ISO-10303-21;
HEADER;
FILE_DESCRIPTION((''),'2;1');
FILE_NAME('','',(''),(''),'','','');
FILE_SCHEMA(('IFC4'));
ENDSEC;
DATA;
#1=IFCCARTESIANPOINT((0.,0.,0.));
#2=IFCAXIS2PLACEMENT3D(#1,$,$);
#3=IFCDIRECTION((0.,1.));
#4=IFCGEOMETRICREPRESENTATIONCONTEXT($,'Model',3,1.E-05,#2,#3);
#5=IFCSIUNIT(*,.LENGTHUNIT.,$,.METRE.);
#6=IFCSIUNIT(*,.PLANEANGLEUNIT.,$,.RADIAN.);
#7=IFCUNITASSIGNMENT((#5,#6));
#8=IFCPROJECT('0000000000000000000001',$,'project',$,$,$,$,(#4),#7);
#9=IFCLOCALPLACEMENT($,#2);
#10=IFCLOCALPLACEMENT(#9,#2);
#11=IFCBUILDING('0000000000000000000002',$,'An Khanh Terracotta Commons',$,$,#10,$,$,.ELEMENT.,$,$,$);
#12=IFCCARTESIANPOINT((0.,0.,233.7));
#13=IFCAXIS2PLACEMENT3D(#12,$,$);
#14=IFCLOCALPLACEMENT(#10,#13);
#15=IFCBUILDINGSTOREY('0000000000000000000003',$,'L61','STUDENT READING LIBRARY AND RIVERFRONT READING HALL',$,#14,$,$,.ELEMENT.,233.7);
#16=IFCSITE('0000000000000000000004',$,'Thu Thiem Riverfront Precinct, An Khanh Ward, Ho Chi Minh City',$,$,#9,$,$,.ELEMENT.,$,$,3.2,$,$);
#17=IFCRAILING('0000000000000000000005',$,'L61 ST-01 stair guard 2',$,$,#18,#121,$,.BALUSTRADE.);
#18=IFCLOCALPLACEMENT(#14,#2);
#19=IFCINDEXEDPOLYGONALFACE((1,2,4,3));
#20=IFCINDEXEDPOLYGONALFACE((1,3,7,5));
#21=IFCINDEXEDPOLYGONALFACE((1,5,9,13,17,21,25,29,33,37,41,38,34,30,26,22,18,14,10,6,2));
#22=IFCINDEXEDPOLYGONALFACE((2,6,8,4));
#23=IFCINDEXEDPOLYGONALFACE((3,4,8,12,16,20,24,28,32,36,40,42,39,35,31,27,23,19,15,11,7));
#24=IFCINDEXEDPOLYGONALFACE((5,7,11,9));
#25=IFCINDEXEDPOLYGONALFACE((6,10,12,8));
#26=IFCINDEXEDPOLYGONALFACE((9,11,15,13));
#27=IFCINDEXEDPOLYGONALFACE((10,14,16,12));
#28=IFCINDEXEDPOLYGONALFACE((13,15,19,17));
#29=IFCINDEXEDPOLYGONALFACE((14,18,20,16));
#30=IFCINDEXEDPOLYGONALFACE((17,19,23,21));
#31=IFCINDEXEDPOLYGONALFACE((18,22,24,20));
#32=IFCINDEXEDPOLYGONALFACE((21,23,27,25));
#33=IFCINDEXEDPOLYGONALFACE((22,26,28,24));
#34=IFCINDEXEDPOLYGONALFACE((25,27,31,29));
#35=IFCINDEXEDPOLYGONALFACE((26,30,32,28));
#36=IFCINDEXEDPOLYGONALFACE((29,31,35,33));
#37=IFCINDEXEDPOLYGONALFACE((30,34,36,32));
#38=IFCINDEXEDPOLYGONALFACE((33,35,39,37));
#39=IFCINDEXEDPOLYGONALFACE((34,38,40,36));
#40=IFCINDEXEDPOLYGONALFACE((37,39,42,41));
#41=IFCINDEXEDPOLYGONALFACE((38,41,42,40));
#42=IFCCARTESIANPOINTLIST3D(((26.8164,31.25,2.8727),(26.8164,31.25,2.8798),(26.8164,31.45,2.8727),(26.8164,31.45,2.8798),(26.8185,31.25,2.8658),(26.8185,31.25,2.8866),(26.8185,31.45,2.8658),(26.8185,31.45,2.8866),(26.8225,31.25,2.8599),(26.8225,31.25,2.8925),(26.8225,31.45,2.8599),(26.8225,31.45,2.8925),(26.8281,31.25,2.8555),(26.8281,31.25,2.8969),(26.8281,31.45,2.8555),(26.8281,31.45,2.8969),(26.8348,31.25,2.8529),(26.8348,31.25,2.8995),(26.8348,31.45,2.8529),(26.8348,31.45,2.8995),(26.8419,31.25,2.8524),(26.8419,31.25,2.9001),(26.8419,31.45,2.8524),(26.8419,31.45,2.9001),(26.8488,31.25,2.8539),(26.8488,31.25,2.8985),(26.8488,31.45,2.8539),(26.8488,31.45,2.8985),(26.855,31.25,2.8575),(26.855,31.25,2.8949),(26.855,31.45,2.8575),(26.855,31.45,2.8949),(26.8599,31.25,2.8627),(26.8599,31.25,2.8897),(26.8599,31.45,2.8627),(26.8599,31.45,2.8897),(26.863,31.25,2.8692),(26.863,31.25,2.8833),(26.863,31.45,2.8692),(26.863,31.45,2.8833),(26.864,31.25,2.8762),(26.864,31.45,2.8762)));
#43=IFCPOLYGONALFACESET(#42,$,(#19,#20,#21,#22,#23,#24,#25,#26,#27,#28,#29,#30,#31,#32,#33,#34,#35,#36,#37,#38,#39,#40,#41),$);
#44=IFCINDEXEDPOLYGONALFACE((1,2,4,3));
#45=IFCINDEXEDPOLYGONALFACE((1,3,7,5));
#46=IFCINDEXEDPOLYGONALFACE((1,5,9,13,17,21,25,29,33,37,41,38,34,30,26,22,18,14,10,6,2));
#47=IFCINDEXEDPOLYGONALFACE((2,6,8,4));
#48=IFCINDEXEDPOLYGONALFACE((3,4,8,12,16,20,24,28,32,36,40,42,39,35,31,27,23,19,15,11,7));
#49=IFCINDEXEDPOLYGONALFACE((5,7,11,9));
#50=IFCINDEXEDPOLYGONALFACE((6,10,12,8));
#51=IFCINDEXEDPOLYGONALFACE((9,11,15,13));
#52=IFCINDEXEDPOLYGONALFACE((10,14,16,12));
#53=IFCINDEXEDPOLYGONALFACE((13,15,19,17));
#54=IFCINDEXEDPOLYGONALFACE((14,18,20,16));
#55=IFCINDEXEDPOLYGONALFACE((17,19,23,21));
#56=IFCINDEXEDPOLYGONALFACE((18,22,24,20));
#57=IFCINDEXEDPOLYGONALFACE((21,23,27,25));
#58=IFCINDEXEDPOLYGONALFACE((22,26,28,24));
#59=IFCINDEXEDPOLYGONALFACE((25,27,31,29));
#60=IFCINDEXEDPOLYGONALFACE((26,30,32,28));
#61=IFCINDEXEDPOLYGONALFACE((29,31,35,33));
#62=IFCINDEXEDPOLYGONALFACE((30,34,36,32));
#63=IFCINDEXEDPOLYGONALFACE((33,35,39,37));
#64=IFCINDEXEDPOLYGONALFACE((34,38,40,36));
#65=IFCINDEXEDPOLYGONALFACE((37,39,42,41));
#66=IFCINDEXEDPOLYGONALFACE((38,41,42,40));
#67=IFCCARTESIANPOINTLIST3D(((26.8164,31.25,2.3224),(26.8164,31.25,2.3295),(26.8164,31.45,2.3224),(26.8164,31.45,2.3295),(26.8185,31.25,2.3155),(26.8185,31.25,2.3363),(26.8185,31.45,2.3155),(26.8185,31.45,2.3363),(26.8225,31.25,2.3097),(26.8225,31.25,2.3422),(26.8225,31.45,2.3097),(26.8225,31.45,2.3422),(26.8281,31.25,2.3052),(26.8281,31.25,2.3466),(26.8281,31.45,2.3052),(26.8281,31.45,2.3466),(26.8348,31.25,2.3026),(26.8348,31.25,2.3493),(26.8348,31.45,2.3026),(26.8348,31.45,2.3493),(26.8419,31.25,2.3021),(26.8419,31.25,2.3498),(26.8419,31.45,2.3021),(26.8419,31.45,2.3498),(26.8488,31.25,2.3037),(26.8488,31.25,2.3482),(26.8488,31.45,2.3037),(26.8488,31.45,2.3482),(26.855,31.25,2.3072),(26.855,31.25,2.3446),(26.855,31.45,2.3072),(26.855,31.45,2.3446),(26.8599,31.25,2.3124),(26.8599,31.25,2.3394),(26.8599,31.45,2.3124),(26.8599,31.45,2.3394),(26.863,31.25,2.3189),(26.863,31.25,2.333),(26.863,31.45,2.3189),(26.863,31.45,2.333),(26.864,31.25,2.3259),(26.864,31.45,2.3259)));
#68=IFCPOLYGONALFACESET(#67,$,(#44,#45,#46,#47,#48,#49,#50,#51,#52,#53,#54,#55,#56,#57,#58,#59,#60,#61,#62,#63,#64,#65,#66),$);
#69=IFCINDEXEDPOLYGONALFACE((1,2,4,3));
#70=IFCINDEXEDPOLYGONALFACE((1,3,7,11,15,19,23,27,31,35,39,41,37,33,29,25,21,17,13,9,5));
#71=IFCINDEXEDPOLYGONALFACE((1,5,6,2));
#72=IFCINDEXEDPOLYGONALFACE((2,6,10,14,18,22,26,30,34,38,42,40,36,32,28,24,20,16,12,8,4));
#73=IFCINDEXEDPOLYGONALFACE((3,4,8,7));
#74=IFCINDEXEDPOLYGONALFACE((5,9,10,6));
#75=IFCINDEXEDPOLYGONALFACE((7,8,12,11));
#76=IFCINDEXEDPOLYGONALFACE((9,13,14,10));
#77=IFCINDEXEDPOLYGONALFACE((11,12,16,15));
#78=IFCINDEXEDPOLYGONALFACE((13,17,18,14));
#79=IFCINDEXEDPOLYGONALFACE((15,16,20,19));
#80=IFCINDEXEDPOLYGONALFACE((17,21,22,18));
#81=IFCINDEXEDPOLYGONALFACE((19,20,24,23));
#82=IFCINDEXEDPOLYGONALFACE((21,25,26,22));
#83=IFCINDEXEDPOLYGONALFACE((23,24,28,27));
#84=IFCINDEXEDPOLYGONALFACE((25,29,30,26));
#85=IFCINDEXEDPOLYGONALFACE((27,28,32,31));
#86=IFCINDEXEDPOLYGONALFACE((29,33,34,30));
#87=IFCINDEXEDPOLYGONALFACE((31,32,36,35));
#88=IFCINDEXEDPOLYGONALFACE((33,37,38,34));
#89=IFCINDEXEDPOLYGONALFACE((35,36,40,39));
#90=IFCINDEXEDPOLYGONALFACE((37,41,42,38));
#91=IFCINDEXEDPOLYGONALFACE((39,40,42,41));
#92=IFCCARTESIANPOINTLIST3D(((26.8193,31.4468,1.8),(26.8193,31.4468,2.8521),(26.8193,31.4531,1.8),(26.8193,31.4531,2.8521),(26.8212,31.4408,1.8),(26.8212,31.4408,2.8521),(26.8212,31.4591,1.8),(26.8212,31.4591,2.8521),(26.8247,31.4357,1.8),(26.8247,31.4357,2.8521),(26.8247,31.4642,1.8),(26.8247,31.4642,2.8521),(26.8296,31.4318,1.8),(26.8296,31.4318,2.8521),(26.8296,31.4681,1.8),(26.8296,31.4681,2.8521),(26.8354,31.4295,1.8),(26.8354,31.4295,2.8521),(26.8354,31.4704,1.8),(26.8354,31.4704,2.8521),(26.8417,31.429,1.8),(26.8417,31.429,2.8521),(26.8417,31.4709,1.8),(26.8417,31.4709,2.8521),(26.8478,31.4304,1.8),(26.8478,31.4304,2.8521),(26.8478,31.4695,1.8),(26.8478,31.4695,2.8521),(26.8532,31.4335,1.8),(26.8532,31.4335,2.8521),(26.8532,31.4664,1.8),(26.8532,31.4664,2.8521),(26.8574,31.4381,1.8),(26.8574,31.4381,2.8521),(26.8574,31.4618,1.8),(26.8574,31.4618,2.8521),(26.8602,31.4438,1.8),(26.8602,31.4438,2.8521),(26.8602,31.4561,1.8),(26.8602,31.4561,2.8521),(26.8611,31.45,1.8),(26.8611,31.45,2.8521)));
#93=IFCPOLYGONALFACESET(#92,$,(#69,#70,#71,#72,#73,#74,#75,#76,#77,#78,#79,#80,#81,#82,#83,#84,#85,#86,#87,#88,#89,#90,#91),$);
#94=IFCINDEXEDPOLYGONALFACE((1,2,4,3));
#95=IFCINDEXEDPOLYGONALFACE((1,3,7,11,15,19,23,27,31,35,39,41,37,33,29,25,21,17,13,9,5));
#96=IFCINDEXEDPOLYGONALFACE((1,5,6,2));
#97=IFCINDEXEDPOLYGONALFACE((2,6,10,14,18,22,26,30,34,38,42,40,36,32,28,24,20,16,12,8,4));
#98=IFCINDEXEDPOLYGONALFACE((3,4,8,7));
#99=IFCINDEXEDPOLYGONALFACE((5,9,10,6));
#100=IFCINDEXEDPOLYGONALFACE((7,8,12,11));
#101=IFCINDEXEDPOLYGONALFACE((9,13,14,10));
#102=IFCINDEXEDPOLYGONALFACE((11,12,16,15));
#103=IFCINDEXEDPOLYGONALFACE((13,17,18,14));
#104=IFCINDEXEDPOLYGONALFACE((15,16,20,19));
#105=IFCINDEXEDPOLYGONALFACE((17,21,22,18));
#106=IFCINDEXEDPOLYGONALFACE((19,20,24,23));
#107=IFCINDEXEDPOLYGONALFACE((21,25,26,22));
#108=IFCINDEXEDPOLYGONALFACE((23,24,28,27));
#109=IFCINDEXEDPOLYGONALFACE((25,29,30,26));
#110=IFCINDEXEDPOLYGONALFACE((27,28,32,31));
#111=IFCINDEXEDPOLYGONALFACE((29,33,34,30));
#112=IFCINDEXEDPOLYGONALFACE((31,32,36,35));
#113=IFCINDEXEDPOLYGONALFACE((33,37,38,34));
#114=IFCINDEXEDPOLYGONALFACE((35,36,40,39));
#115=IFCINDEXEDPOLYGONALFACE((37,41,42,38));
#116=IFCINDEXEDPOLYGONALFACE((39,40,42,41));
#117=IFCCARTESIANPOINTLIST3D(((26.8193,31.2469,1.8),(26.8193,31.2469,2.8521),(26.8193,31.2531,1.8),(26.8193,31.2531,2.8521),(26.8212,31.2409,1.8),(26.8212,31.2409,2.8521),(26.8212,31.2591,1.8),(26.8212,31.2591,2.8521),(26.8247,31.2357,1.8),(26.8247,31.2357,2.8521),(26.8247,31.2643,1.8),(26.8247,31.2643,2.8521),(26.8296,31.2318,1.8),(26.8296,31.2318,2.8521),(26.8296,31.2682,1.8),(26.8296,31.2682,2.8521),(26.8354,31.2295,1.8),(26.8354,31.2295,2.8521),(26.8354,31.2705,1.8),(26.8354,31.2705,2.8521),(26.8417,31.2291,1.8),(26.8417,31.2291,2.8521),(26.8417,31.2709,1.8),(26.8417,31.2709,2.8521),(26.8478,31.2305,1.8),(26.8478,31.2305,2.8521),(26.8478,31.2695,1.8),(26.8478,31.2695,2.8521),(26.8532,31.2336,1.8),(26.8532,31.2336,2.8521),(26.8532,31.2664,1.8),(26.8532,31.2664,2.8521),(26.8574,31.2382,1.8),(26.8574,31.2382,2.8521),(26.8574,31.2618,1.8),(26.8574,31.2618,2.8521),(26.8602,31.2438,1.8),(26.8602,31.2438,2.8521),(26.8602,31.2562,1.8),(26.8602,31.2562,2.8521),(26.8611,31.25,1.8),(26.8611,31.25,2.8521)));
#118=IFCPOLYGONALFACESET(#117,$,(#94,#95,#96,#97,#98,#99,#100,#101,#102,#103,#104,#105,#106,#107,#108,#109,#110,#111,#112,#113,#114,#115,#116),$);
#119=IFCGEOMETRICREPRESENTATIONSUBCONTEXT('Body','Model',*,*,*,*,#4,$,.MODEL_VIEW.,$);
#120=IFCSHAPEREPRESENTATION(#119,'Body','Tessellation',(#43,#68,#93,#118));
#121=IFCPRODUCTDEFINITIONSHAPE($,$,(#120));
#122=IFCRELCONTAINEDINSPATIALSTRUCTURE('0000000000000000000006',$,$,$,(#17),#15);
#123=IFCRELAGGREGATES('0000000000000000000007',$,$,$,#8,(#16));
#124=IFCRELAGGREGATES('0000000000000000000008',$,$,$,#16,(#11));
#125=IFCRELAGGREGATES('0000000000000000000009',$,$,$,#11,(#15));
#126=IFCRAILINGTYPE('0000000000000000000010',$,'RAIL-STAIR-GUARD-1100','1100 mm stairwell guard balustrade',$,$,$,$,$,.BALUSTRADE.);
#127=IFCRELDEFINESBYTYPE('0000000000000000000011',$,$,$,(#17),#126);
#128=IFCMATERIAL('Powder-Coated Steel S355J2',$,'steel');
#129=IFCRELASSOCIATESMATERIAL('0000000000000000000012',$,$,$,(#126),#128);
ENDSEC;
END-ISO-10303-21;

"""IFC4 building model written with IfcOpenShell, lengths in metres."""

from ifc_helpers import new_model, si_unit, direction, frame, origin, origin_2d, place, context, subcontext, project, spatial, circle, extrude, material, type_object, element, save


model = new_model("IFC4")

# Units and contexts
model_context = context("Model", 3, precision=1e-05, world=origin(), true_north=direction((0.0, 1.0)))
body_context = subcontext(model_context, "Body", "Model", "MODEL_VIEW")
ifc_project = project(units=[si_unit("LENGTHUNIT", "METRE"), si_unit("PLANEANGLEUNIT", "RADIAN")], contexts=[model_context])

# Site, building, storey
site_placement = place(None, origin())
site = spatial("IfcSite", under=ifc_project, at=site_placement, Name="Thu Thiem Riverfront Precinct, An Khanh Ward, Ho Chi Minh City", CompositionType="ELEMENT", RefElevation=3.2)
building_placement = place(site_placement, origin())
building = spatial("IfcBuilding", under=site, at=building_placement, Name="An Khanh Terracotta Commons", CompositionType="ELEMENT")
storey_placement = place(building_placement, frame((0.0, 0.0, 233.7)))
storey = spatial("IfcBuildingStorey", under=building, at=storey_placement, Name="L61", Description="STUDENT READING LIBRARY AND RIVERFRONT READING HALL", CompositionType="ELEMENT", Elevation=233.7)

# Railing
ifc_material_1 = material(Name="Powder-Coated Steel S355J2", Category="steel")
railing_type_1 = type_object("IfcRailingType", Name="RAIL-STAIR-GUARD-1100", Description="1100 mm stairwell guard balustrade", PredefinedType="BALUSTRADE", material=ifc_material_1)
railing_1_placement = place(storey_placement, frame((26.8401, 31.45, 1.8)))
element("IfcRailing", 1, at=railing_1_placement, inside=storey, type_object=railing_type_1, Name="L61 ST-01 stair guard 2", PredefinedType="BALUSTRADE", context=body_context, shape_type="SweptSolid", body=[
    extrude(circle(Radius=0.0239, at=origin_2d()), frame((0.0, 0.0, 1.0762), z_axis=(0.0, -1.0, 0.0), x_axis=(1.0, 0.0, 0.0)), (0.0, 0.0, 1.0), 0.2),
    extrude(circle(Radius=0.0239, at=origin_2d()), frame((0.0, 0.0, 0.5259), z_axis=(0.0, -1.0, 0.0), x_axis=(1.0, 0.0, 0.0)), (0.0, 0.0, 1.0), 0.2),
    extrude(circle(Radius=0.021, at=origin_2d()), origin(), (0.0, 0.0, 1.0), 1.052),
    extrude(circle(Radius=0.021, at=origin_2d()), frame((0.0, -0.2, 0.0)), (0.0, 0.0, 1.0), 1.052),
])

save(model, "model.ifc")
